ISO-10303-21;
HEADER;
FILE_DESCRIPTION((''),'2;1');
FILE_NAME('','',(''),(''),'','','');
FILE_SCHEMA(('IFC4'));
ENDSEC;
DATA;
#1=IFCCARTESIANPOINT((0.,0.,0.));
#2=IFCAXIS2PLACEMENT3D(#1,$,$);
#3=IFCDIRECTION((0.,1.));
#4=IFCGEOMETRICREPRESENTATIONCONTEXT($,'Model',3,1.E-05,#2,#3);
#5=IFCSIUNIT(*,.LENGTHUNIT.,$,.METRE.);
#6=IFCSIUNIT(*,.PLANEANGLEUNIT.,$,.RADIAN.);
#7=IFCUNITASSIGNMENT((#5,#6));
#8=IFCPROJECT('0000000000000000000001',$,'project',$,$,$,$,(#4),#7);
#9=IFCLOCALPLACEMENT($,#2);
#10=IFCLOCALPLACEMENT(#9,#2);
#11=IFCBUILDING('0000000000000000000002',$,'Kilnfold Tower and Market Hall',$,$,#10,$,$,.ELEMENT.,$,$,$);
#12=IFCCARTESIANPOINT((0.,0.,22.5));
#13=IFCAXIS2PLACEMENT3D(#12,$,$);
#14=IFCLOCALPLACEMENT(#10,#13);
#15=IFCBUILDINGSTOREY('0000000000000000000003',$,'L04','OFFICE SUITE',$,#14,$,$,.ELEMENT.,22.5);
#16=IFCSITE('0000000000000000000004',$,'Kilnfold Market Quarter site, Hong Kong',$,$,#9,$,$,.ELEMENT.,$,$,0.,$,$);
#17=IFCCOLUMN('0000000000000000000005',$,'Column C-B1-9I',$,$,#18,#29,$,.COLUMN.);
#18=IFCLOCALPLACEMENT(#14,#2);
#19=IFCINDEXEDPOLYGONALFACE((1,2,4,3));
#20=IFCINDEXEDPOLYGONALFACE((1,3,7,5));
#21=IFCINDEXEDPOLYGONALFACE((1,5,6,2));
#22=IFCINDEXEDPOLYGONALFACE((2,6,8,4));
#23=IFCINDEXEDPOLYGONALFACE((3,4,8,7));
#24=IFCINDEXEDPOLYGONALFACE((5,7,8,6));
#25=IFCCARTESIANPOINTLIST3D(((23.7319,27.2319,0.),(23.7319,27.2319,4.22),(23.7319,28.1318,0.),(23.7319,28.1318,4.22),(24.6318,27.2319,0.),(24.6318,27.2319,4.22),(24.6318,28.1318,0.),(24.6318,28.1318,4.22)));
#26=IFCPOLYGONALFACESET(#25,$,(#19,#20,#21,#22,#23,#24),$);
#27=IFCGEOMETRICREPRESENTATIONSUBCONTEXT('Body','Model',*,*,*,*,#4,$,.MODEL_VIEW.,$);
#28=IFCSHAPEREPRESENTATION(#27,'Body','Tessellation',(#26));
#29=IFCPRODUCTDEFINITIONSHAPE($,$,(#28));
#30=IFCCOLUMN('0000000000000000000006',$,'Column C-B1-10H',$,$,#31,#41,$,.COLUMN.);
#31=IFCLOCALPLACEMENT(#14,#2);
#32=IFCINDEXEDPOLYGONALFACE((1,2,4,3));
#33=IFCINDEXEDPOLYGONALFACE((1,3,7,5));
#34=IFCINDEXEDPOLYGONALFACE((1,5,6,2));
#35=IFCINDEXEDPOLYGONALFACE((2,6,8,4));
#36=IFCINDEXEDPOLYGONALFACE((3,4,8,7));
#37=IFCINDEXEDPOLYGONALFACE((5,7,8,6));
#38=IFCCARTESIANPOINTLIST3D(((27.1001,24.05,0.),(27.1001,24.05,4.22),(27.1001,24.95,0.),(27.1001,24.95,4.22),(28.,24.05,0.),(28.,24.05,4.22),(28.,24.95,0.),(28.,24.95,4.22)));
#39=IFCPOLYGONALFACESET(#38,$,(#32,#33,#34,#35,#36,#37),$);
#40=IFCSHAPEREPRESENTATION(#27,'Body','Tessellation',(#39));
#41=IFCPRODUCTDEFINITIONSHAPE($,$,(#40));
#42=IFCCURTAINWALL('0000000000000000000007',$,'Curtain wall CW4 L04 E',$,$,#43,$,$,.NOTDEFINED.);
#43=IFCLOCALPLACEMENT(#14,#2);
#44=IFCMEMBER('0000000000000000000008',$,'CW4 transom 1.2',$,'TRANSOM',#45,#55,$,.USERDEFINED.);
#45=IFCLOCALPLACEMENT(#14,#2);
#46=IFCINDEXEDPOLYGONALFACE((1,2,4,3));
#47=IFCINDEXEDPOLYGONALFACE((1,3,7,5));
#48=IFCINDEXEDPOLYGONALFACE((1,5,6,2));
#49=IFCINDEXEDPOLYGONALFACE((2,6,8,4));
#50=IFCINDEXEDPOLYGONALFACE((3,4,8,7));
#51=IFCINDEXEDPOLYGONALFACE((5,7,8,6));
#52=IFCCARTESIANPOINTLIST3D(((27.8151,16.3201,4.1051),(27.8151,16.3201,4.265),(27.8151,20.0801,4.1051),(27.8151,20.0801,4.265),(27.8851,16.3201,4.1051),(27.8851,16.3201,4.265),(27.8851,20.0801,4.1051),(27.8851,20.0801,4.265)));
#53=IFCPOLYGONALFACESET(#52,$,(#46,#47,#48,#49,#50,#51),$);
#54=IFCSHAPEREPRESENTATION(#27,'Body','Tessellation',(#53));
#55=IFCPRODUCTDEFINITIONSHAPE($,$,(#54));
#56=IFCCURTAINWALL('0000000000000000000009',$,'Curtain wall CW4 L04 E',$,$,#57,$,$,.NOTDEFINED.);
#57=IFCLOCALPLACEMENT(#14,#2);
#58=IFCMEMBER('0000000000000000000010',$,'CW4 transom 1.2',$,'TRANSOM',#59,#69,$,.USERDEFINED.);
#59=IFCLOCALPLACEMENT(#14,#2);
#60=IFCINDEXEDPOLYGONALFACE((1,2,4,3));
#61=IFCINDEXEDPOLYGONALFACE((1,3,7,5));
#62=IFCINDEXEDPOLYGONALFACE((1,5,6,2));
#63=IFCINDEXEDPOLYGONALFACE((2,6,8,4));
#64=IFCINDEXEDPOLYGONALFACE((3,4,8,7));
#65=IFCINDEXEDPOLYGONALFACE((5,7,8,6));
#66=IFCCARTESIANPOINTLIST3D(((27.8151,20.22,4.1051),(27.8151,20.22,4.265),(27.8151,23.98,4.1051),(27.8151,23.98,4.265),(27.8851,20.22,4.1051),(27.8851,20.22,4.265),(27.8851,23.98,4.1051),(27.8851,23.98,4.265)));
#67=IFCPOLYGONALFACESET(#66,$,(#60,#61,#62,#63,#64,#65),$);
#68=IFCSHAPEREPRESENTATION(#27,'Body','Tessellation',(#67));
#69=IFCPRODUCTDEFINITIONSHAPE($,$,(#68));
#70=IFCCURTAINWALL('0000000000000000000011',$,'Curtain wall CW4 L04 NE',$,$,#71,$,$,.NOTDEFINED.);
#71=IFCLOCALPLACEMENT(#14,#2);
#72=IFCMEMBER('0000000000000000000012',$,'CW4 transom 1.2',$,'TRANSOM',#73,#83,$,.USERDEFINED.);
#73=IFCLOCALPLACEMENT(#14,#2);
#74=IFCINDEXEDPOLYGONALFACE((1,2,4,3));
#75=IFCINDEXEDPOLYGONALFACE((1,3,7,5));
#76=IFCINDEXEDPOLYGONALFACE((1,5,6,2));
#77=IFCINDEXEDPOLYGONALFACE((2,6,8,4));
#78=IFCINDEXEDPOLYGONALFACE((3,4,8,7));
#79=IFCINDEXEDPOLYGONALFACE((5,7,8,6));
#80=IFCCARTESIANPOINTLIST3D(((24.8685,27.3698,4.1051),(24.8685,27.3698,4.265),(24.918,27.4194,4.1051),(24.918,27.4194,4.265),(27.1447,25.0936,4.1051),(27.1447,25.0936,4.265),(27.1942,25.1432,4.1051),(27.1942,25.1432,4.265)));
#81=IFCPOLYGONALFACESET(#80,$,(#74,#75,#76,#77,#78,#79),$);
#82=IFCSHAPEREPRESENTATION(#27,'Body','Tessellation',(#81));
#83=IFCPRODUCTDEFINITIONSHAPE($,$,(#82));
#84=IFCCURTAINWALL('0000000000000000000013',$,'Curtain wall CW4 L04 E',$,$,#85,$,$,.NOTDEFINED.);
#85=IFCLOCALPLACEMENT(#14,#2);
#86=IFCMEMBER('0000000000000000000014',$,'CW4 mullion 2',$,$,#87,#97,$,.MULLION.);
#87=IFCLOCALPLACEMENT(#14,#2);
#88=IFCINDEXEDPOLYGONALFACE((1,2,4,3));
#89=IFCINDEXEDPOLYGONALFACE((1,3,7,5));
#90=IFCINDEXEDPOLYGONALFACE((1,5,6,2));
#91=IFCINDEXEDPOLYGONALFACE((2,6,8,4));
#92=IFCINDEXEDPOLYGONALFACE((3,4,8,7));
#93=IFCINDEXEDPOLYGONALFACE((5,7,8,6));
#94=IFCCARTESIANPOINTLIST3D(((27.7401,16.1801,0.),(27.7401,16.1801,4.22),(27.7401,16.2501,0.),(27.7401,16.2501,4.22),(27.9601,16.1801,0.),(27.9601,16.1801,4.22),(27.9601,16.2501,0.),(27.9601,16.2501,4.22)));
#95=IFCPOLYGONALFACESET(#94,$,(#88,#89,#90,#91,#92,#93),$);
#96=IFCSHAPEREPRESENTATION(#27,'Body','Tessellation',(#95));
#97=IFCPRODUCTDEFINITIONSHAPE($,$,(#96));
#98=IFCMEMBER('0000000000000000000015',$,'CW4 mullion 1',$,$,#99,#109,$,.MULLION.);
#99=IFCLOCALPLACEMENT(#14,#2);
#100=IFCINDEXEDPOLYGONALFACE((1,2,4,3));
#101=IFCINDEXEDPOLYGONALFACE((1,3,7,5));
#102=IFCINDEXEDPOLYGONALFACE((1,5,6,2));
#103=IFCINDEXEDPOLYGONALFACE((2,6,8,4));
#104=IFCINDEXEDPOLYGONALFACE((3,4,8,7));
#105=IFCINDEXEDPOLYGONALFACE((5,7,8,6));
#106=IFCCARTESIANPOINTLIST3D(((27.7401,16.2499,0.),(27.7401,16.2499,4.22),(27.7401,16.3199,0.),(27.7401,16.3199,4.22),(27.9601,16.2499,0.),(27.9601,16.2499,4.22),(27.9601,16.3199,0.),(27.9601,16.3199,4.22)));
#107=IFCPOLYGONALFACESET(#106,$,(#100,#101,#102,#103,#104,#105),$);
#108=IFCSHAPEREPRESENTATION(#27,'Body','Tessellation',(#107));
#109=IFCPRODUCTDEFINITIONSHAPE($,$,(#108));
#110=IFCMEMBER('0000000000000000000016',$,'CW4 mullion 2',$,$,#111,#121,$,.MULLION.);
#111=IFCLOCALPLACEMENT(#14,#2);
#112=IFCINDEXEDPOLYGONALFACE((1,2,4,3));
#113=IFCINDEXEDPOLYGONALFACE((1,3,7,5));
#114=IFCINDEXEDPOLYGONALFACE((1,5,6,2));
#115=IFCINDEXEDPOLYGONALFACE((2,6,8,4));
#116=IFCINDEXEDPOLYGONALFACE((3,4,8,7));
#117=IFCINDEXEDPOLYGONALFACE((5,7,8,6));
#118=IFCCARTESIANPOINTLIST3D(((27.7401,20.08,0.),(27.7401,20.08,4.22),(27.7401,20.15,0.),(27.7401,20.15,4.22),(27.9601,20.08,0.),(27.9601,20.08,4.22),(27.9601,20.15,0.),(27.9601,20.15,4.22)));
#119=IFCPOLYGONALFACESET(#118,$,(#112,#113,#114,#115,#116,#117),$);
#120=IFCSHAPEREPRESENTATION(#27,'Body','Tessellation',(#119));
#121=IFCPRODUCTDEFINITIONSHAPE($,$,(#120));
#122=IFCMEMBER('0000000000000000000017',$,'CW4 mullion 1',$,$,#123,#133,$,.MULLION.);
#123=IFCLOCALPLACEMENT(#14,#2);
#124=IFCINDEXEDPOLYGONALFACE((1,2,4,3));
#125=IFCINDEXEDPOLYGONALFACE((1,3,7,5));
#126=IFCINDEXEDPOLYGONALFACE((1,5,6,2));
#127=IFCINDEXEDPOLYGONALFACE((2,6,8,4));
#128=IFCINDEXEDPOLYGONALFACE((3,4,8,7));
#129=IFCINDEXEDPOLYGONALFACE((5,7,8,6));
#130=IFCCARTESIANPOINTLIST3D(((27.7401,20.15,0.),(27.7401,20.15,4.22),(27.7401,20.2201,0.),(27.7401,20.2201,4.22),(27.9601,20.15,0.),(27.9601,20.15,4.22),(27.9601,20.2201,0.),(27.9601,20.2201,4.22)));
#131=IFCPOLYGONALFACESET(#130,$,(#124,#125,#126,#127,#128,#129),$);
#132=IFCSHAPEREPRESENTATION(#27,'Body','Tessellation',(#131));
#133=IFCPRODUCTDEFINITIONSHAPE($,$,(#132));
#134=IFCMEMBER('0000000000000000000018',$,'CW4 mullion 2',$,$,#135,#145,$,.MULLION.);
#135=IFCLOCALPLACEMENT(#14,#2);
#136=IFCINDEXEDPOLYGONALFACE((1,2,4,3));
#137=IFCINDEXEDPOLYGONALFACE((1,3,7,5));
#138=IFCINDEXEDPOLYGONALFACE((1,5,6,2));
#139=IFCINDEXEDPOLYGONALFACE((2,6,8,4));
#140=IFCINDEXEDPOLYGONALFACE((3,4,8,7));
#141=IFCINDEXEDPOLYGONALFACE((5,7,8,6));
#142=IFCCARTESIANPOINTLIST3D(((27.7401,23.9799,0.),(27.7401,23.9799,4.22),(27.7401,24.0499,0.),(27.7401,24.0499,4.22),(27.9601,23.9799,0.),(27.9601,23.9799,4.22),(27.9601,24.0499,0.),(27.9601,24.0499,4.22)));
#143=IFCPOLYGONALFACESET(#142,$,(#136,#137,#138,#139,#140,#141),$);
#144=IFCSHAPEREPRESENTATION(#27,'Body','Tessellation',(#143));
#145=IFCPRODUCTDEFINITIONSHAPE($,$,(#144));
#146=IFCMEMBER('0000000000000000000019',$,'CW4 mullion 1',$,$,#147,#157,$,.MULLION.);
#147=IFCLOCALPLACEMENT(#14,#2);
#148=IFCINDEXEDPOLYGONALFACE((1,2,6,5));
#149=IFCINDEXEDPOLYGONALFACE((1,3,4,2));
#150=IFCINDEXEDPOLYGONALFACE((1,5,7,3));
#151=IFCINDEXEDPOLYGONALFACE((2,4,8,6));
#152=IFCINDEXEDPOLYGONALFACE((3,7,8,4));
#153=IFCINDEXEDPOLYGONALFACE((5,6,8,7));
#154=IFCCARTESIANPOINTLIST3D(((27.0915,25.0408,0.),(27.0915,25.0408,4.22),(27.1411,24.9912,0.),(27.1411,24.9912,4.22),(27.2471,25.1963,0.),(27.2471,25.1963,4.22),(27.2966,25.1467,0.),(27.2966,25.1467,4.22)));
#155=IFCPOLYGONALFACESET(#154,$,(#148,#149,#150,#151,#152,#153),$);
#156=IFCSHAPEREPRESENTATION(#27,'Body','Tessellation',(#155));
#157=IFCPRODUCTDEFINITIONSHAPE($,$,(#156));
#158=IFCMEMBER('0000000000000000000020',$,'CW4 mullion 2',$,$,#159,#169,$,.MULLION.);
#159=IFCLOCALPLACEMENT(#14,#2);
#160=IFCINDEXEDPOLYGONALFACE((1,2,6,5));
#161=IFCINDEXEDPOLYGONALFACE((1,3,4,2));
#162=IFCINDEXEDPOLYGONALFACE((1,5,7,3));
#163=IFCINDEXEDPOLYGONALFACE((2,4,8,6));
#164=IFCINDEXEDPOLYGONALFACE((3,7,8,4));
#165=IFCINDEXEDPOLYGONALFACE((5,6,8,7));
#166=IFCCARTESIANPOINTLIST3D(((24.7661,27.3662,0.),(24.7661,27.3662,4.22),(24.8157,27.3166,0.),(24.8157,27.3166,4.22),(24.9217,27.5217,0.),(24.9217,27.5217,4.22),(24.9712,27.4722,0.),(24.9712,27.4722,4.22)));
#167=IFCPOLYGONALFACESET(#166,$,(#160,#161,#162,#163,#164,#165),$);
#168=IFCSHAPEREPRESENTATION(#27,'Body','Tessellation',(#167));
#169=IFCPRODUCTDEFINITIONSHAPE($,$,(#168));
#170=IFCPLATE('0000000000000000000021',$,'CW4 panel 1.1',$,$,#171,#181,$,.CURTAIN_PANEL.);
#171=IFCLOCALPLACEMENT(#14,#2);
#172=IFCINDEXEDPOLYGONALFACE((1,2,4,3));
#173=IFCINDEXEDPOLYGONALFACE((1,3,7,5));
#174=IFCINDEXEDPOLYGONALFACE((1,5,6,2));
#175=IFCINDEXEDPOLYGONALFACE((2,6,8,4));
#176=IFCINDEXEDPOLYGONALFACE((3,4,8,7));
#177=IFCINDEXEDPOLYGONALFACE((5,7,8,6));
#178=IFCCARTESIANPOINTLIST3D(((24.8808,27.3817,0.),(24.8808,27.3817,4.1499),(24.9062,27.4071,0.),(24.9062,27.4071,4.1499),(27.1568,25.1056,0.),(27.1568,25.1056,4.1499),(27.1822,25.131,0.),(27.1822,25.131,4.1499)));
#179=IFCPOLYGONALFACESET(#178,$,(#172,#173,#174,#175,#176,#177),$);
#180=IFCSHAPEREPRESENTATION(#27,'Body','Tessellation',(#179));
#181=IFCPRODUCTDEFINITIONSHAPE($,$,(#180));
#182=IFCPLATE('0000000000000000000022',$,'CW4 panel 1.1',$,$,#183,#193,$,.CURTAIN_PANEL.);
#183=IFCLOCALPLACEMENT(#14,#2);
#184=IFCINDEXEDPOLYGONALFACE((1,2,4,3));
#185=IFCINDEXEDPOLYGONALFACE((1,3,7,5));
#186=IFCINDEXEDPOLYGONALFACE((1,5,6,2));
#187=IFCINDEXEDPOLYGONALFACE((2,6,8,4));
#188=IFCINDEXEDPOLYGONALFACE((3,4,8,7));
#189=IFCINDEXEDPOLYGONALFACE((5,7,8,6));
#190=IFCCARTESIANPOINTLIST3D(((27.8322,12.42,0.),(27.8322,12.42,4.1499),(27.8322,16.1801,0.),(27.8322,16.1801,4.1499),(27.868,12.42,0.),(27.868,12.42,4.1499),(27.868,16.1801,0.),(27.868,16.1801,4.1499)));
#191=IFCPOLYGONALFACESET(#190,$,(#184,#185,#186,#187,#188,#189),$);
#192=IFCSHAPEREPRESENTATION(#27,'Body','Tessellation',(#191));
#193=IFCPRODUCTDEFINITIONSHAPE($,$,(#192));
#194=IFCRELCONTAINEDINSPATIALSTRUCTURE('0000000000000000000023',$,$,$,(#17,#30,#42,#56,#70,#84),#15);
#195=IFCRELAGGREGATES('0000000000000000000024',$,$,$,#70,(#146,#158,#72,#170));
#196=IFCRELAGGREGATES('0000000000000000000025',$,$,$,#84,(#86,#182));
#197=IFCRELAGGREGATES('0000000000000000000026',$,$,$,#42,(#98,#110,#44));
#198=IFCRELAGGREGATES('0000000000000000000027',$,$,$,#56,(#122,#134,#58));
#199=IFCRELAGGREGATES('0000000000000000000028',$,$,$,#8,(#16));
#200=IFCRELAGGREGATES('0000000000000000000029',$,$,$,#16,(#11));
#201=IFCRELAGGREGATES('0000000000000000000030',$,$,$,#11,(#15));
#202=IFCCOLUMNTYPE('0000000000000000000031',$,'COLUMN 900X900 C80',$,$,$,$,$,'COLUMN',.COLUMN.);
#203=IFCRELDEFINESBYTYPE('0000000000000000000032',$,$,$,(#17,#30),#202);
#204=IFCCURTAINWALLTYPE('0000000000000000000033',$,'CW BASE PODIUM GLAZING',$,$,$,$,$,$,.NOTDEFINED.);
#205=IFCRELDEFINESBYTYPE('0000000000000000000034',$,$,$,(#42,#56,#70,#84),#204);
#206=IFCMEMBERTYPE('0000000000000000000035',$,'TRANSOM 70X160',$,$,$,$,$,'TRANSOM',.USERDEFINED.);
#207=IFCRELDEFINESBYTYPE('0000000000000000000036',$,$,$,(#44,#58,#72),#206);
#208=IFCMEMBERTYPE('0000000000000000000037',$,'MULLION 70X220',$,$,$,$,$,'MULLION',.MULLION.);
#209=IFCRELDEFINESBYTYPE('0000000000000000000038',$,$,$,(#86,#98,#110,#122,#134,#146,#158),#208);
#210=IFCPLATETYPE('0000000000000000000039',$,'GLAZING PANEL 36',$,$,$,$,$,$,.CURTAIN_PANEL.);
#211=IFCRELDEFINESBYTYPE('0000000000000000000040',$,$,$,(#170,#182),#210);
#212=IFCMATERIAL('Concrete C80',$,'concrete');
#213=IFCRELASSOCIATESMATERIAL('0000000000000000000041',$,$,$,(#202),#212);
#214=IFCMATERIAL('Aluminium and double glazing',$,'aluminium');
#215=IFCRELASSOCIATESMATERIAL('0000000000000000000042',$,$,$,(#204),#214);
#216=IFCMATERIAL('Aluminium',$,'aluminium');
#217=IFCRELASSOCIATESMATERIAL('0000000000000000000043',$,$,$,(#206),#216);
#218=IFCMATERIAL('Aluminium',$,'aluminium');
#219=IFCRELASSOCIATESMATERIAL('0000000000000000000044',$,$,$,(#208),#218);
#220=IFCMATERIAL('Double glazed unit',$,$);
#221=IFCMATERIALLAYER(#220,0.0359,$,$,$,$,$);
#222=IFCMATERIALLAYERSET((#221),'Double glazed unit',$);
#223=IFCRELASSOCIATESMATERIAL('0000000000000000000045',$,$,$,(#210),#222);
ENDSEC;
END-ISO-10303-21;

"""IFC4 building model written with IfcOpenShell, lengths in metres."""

from ifc_helpers import new_model, si_unit, direction, frame, origin, origin_2d, place, context, subcontext, project, spatial, rectangle, extrude, source, transform, mapped, material, layer, layer_set, material_profile, profile_set, type_object, element, aggregate, save


model = new_model("IFC4")

# Units and contexts
model_context = context("Model", 3, precision=1e-05, world=origin(), true_north=direction((0.0, 1.0)))
body_context = subcontext(model_context, "Body", "Model", "MODEL_VIEW")
ifc_project = project(units=[si_unit("LENGTHUNIT", "METRE"), si_unit("PLANEANGLEUNIT", "RADIAN")], contexts=[model_context])

# Site, building, storey
site_placement = place(None, origin())
site = spatial("IfcSite", under=ifc_project, at=site_placement, Name="Kilnfold Market Quarter site, Hong Kong", CompositionType="ELEMENT", RefElevation=0.0)
building_placement = place(site_placement, origin())
building = spatial("IfcBuilding", under=site, at=building_placement, Name="Kilnfold Tower and Market Hall", CompositionType="ELEMENT")
storey_placement = place(building_placement, frame((0.0, 0.0, 22.5)))
storey = spatial("IfcBuildingStorey", under=building, at=storey_placement, Name="L04", Description="OFFICE SUITE", CompositionType="ELEMENT", Elevation=22.5)

# Columns
ifc_material_1 = material(Name="Concrete C80", Category="concrete")
ifc_material_profile_1 = material_profile(ifc_material_1, rectangle(XDim=0.8999, YDim=0.8999, at=origin_2d()), Name="RC 900x900")
ifc_profile_set_1 = profile_set([ifc_material_profile_1], Name="Concrete C80")
column_type = type_object("IfcColumnType", Name="COLUMN 900X900 C80", ElementType="COLUMN", PredefinedType="COLUMN", material=ifc_profile_set_1)
shared_shape_1 = source(origin(), body_context, "Body", "SweptSolid", [
    extrude(rectangle(XDim=0.8999, YDim=0.8999, at=origin_2d()), origin(), (0.0, 0.0, 1.0), 4.22),
])
for number, where, z_axis, x_axis, name in (
    (1, (24.1819, 27.6819, 0.0), (0.0, 0.0, 1.0), (1.0, 0.0, 0.0), "Column C-B1-9I"),
    (2, (27.55, 24.5, 0.0), (0.0, 0.0, 1.0), (1.0, 0.0, 0.0), "Column C-B1-10H"),
):
    element("IfcColumn", number, at=place(storey_placement, frame(where, z_axis=z_axis, x_axis=x_axis)), inside=storey, type_object=column_type, Name=name, PredefinedType="COLUMN", context=body_context, shape_type="MappedRepresentation", body=[
        mapped(shared_shape_1, transform((0.0, 0.0, 0.0))),
    ])

# Curtain walls, members
ifc_material_2 = material(Name="Aluminium and double glazing", Category="aluminium")
curtain_wall_type = type_object("IfcCurtainWallType", Name="CW BASE PODIUM GLAZING", PredefinedType="NOTDEFINED", material=ifc_material_2)
curtain_wall_1_placement = place(storey_placement, origin())
curtain_wall_1 = element("IfcCurtainWall", 3, at=curtain_wall_1_placement, inside=storey, type_object=curtain_wall_type, Name="Curtain wall CW4 L04 E", PredefinedType="NOTDEFINED")
ifc_material_3 = material(Name="Aluminium", Category="aluminium")
ifc_material_profile_2 = material_profile(ifc_material_3, rectangle(XDim=0.0701, YDim=0.1599, at=origin_2d()), Name="TRANSOM 70x160")
ifc_profile_set_2 = profile_set([ifc_material_profile_2], Name="Aluminium")
member_type_1 = type_object("IfcMemberType", Name="TRANSOM 70X160", ElementType="TRANSOM", PredefinedType="USERDEFINED", material=ifc_profile_set_2)
shared_shape_2 = source(origin(), body_context, "Body", "SweptSolid", [
    extrude(rectangle(XDim=0.0701, YDim=0.1599, at=origin_2d()), origin(), (0.0, 0.0, 1.0), 3.76),
])
member_1_placement = place(storey_placement, frame((27.8501, 16.3201, 4.1851), z_axis=(0.0, 1.0, 0.0), x_axis=(-1.0, 0.0, 0.0)))
member_1 = element("IfcMember", 4, at=member_1_placement, type_object=member_type_1, Name="CW4 transom 1.2", ObjectType="TRANSOM", PredefinedType="USERDEFINED", context=body_context, shape_type="MappedRepresentation", body=[
    mapped(shared_shape_2, transform((0.0, 0.0, 0.0))),
])
curtain_wall_2_placement = place(storey_placement, origin())
curtain_wall_2 = element("IfcCurtainWall", 5, at=curtain_wall_2_placement, inside=storey, type_object=curtain_wall_type, Name="Curtain wall CW4 L04 E", PredefinedType="NOTDEFINED")
member_2_placement = place(storey_placement, frame((27.8501, 20.22, 4.1851), z_axis=(0.0, 1.0, 0.0), x_axis=(-1.0, 0.0, 0.0)))
member_2 = element("IfcMember", 6, at=member_2_placement, type_object=member_type_1, Name="CW4 transom 1.2", ObjectType="TRANSOM", PredefinedType="USERDEFINED", context=body_context, shape_type="MappedRepresentation", body=[
    mapped(shared_shape_2, transform((0.0, 0.0, 0.0))),
])
curtain_wall_3_placement = place(storey_placement, origin())
curtain_wall_3 = element("IfcCurtainWall", 7, at=curtain_wall_3_placement, inside=storey, type_object=curtain_wall_type, Name="Curtain wall CW4 L04 NE", PredefinedType="NOTDEFINED")
shared_shape_3 = source(origin(), body_context, "Body", "SweptSolid", [
    extrude(rectangle(XDim=0.0701, YDim=0.1599, at=origin_2d()), origin(), (0.0, 0.0, 1.0), 3.219),
])
member_3_placement = place(storey_placement, frame((27.1694, 25.1184, 4.1851), z_axis=(-0.707107, 0.707107, 0.0), x_axis=(-0.707107, -0.707107, 0.0)))
member_3 = element("IfcMember", 8, at=member_3_placement, type_object=member_type_1, Name="CW4 transom 1.2", ObjectType="TRANSOM", PredefinedType="USERDEFINED", context=body_context, shape_type="MappedRepresentation", body=[
    mapped(shared_shape_3, transform((0.0, 0.0, 0.0))),
])
curtain_wall_4_placement = place(storey_placement, origin())
curtain_wall_4 = element("IfcCurtainWall", 9, at=curtain_wall_4_placement, inside=storey, type_object=curtain_wall_type, Name="Curtain wall CW4 L04 E", PredefinedType="NOTDEFINED")
ifc_material_4 = material(Name="Aluminium", Category="aluminium")
ifc_material_profile_3 = material_profile(ifc_material_4, rectangle(XDim=0.0701, YDim=0.22, at=origin_2d()), Name="MULLION 70x220")
ifc_profile_set_3 = profile_set([ifc_material_profile_3], Name="Aluminium")
member_type_2 = type_object("IfcMemberType", Name="MULLION 70X220", ElementType="MULLION", PredefinedType="MULLION", material=ifc_profile_set_3)
shared_shape_4 = source(origin(), body_context, "Body", "SweptSolid", [
    extrude(rectangle(XDim=0.0701, YDim=0.22, at=origin_2d()), origin(), (0.0, 0.0, 1.0), 4.22),
])
member_4_placement = place(storey_placement, frame((27.8501, 16.2151, 0.0), z_axis=(0.0, 0.0, 1.0), x_axis=(0.0, 1.0, 0.0)))
member_4 = element("IfcMember", 10, at=member_4_placement, type_object=member_type_2, Name="CW4 mullion 2", PredefinedType="MULLION", context=body_context, shape_type="MappedRepresentation", body=[
    mapped(shared_shape_4, transform((0.0, 0.0, 0.0))),
])

# Members
member_5_placement = place(storey_placement, frame((27.8501, 16.2849, 0.0), z_axis=(0.0, 0.0, 1.0), x_axis=(0.0, 1.0, 0.0)))
member_5 = element("IfcMember", 11, at=member_5_placement, type_object=member_type_2, Name="CW4 mullion 1", PredefinedType="MULLION", context=body_context, shape_type="MappedRepresentation", body=[
    mapped(shared_shape_4, transform((0.0, 0.0, 0.0))),
])
member_6_placement = place(storey_placement, frame((27.8501, 20.115, 0.0), z_axis=(0.0, 0.0, 1.0), x_axis=(0.0, 1.0, 0.0)))
member_6 = element("IfcMember", 12, at=member_6_placement, type_object=member_type_2, Name="CW4 mullion 2", PredefinedType="MULLION", context=body_context, shape_type="MappedRepresentation", body=[
    mapped(shared_shape_4, transform((0.0, 0.0, 0.0))),
])
member_7_placement = place(storey_placement, frame((27.8501, 20.1851, 0.0), z_axis=(0.0, 0.0, 1.0), x_axis=(0.0, 1.0, 0.0)))
member_7 = element("IfcMember", 13, at=member_7_placement, type_object=member_type_2, Name="CW4 mullion 1", PredefinedType="MULLION", context=body_context, shape_type="MappedRepresentation", body=[
    mapped(shared_shape_4, transform((0.0, 0.0, 0.0))),
])
member_8_placement = place(storey_placement, frame((27.8501, 24.0149, 0.0), z_axis=(0.0, 0.0, 1.0), x_axis=(0.0, 1.0, 0.0)))
member_8 = element("IfcMember", 14, at=member_8_placement, type_object=member_type_2, Name="CW4 mullion 2", PredefinedType="MULLION", context=body_context, shape_type="MappedRepresentation", body=[
    mapped(shared_shape_4, transform((0.0, 0.0, 0.0))),
])
member_9_placement = place(storey_placement, frame((27.1941, 25.0938, 0.0), z_axis=(0.0, 0.0, 1.0), x_axis=(-0.707092, 0.707122, 0.0)))
member_9 = element("IfcMember", 15, at=member_9_placement, type_object=member_type_2, Name="CW4 mullion 1", PredefinedType="MULLION", context=body_context, shape_type="MappedRepresentation", body=[
    mapped(shared_shape_4, transform((0.0, 0.0, 0.0))),
])
member_10_placement = place(storey_placement, frame((24.8687, 27.4192, 0.0), z_axis=(0.0, 0.0, 1.0), x_axis=(-0.707092, 0.707122, 0.0)))
member_10 = element("IfcMember", 16, at=member_10_placement, type_object=member_type_2, Name="CW4 mullion 2", PredefinedType="MULLION", context=body_context, shape_type="MappedRepresentation", body=[
    mapped(shared_shape_4, transform((0.0, 0.0, 0.0))),
])

# Plates
ifc_material_5 = material(Name="Double glazed unit")
ifc_layer_1 = layer(ifc_material_5, 0.0359)
ifc_layer_set_1 = layer_set([ifc_layer_1], Name="Double glazed unit")
plate_type = type_object("IfcPlateType", Name="GLAZING PANEL 36", PredefinedType="CURTAIN_PANEL", material=ifc_layer_set_1)
shared_shape_5 = source(origin(), body_context, "Body", "SweptSolid", [
    extrude(rectangle(XDim=3.2188, YDim=0.0359, at=origin_2d()), origin(), (0.0, 0.0, 1.0), 4.1499),
])
plate_1_placement = place(storey_placement, frame((26.0315, 26.2563, 0.0), z_axis=(0.0, 0.0, 1.0), x_axis=(-0.707092, 0.707122, 0.0)))
plate_1 = element("IfcPlate", 17, at=plate_1_placement, type_object=plate_type, Name="CW4 panel 1.1", PredefinedType="CURTAIN_PANEL", context=body_context, shape_type="MappedRepresentation", body=[
    mapped(shared_shape_5, transform((0.0, 0.0, 0.0))),
])
aggregate(curtain_wall_3, [member_9, member_10, member_3, plate_1])
shared_shape_6 = source(origin(), body_context, "Body", "SweptSolid", [
    extrude(rectangle(XDim=3.76, YDim=0.0359, at=origin_2d()), origin(), (0.0, 0.0, 1.0), 4.1499),
])
plate_2_placement = place(storey_placement, frame((27.8501, 14.3, 0.0), z_axis=(0.0, 0.0, 1.0), x_axis=(0.0, 1.0, 0.0)))
plate_2 = element("IfcPlate", 18, at=plate_2_placement, type_object=plate_type, Name="CW4 panel 1.1", PredefinedType="CURTAIN_PANEL", context=body_context, shape_type="MappedRepresentation", body=[
    mapped(shared_shape_6, transform((0.0, 0.0, 0.0))),
])
aggregate(curtain_wall_4, [member_4, plate_2])
aggregate(curtain_wall_1, [member_5, member_6, member_1])
aggregate(curtain_wall_2, [member_7, member_8, member_2])

save(model, "model.ifc")
